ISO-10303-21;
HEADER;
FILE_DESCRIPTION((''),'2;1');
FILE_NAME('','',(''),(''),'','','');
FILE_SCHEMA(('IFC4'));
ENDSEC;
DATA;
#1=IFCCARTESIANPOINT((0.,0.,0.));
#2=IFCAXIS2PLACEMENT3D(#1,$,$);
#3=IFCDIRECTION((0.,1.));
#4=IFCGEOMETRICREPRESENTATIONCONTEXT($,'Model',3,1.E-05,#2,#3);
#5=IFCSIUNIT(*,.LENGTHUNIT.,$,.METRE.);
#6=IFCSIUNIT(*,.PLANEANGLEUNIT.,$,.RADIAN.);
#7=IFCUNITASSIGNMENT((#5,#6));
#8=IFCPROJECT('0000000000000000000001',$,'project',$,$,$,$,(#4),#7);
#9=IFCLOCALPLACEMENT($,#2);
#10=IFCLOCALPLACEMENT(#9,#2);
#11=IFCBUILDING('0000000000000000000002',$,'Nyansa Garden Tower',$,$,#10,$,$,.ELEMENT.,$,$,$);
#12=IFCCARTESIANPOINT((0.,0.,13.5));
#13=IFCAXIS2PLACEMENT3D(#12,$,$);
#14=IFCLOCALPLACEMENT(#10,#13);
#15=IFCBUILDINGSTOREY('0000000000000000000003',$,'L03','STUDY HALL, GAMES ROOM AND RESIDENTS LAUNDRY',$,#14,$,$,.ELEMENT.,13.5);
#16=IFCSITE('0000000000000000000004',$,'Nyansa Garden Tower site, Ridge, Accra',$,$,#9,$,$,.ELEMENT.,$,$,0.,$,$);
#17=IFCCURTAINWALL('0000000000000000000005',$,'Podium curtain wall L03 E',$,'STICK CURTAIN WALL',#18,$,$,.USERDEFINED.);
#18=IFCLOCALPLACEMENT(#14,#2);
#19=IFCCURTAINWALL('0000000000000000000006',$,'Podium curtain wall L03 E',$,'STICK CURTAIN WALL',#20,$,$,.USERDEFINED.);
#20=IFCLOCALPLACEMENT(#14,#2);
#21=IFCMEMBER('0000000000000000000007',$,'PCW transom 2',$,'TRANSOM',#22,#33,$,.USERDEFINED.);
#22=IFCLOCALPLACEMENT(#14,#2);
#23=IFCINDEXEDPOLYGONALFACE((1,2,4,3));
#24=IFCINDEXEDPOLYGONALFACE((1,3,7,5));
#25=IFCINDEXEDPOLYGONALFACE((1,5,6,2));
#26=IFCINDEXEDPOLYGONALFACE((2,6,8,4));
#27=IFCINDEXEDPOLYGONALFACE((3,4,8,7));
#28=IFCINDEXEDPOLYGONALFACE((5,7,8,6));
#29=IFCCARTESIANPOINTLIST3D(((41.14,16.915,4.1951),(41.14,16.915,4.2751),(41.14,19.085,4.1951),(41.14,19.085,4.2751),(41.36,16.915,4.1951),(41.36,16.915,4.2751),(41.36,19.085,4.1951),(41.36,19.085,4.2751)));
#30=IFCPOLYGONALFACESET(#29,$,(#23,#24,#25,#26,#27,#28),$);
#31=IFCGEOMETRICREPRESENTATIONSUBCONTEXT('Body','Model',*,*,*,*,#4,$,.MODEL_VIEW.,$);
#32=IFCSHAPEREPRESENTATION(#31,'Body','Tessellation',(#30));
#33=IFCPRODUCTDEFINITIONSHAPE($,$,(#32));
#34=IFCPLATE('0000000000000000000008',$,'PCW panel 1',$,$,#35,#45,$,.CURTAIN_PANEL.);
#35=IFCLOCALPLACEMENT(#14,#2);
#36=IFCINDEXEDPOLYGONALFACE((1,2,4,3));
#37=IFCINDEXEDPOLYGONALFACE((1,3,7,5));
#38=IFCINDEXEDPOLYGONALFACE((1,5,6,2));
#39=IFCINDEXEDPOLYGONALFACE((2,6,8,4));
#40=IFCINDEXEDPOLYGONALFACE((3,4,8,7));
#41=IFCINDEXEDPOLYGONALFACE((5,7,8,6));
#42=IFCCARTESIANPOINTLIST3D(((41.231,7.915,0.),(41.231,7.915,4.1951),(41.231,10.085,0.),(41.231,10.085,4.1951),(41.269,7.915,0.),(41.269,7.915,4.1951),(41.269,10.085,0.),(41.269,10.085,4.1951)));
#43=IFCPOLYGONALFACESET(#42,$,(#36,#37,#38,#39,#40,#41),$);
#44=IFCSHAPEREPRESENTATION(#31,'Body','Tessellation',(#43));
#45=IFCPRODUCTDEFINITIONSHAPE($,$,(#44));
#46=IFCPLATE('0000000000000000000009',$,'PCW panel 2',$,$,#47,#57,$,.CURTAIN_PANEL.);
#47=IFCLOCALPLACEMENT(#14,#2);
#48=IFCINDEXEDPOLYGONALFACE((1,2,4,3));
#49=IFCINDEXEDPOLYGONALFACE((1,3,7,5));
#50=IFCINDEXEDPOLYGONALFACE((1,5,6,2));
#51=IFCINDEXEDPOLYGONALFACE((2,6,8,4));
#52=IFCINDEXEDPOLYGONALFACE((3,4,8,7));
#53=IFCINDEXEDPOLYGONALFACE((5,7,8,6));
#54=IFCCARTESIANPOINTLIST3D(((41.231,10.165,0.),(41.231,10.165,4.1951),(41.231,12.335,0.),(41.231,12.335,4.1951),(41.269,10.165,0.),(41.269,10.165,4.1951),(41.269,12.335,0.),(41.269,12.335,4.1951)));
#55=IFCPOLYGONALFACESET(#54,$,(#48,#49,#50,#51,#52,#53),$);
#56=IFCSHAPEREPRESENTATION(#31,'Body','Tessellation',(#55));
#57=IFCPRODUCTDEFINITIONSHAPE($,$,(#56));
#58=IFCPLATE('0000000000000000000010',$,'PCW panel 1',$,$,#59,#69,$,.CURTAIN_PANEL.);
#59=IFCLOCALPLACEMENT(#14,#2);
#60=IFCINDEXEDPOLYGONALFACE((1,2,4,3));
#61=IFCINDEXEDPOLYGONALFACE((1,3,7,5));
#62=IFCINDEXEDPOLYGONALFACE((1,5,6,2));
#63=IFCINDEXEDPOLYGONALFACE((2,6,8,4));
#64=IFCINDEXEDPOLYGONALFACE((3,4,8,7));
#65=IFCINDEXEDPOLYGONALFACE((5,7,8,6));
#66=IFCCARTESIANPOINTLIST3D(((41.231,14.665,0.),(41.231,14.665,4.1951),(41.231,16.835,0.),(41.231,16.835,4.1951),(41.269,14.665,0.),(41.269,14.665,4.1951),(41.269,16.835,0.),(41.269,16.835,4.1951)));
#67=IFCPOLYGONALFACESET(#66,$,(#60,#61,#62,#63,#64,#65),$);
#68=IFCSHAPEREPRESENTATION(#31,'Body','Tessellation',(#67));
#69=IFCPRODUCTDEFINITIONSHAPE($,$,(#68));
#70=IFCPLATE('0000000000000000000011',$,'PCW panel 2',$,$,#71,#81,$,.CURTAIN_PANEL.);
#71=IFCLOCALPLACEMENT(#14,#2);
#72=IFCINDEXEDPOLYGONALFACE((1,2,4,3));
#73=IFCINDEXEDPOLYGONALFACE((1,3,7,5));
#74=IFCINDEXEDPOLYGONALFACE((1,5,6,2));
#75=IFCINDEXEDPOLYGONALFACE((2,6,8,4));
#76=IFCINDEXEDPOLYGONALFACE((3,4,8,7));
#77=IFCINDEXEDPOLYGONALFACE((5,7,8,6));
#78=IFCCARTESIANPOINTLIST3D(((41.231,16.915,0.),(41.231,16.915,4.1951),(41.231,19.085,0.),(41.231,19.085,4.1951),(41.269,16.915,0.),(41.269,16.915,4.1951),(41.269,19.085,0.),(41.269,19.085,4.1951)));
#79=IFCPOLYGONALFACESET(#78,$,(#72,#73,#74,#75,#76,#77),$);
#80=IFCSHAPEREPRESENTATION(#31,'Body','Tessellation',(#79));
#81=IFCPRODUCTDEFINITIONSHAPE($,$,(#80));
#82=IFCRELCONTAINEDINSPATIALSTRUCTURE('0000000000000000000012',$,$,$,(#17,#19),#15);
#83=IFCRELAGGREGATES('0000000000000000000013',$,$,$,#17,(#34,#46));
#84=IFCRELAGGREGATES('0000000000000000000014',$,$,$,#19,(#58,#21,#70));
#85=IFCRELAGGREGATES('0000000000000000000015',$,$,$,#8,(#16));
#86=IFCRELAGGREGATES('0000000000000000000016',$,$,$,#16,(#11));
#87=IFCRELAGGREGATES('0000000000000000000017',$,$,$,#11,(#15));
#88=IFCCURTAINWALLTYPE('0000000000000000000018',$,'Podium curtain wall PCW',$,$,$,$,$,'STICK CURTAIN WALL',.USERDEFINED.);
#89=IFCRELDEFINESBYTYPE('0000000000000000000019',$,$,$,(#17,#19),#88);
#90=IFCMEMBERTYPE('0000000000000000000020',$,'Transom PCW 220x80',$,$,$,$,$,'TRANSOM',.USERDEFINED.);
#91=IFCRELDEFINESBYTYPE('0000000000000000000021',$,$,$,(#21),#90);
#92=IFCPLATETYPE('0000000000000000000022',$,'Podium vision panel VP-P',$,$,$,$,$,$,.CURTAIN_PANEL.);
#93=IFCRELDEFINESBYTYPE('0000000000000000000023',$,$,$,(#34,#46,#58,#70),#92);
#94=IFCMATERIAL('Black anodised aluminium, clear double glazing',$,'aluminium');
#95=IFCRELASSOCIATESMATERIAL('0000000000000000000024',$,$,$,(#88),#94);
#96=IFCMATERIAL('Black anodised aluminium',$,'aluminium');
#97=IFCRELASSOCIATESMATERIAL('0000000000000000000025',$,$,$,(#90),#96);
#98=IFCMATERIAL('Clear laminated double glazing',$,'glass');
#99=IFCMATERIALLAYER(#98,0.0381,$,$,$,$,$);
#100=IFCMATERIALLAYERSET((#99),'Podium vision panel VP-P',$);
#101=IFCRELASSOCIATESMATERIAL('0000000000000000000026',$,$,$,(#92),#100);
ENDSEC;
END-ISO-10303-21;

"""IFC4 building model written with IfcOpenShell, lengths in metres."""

from ifc_helpers import new_model, si_unit, direction, frame, origin, origin_2d, place, context, subcontext, project, spatial, rectangle, extrude, material, layer, layer_set, material_profile, profile_set, type_object, element, aggregate, save


model = new_model("IFC4")

# Units and contexts
model_context = context("Model", 3, precision=1e-05, world=origin(), true_north=direction((0.0, 1.0)))
body_context = subcontext(model_context, "Body", "Model", "MODEL_VIEW")
ifc_project = project(units=[si_unit("LENGTHUNIT", "METRE"), si_unit("PLANEANGLEUNIT", "RADIAN")], contexts=[model_context])

# Site, building, storey
site_placement = place(None, origin())
site = spatial("IfcSite", under=ifc_project, at=site_placement, Name="Nyansa Garden Tower site, Ridge, Accra", CompositionType="ELEMENT", RefElevation=0.0)
building_placement = place(site_placement, origin())
building = spatial("IfcBuilding", under=site, at=building_placement, Name="Nyansa Garden Tower", CompositionType="ELEMENT")
storey_placement = place(building_placement, frame((0.0, 0.0, 13.5)))
storey = spatial("IfcBuildingStorey", under=building, at=storey_placement, Name="L03", Description="STUDY HALL, GAMES ROOM AND RESIDENTS LAUNDRY", CompositionType="ELEMENT", Elevation=13.5)

# Curtain walls
ifc_material_1 = material(Name="Black anodised aluminium, clear double glazing", Category="aluminium")
curtain_wall_type = type_object("IfcCurtainWallType", Name="Podium curtain wall PCW", ElementType="STICK CURTAIN WALL", PredefinedType="USERDEFINED", material=ifc_material_1)
curtain_wall_1_placement = place(storey_placement, origin())
curtain_wall_1 = element("IfcCurtainWall", 1, at=curtain_wall_1_placement, inside=storey, type_object=curtain_wall_type, Name="Podium curtain wall L03 E", ObjectType="STICK CURTAIN WALL", PredefinedType="USERDEFINED")
curtain_wall_2_placement = place(storey_placement, origin())
curtain_wall_2 = element("IfcCurtainWall", 2, at=curtain_wall_2_placement, inside=storey, type_object=curtain_wall_type, Name="Podium curtain wall L03 E", ObjectType="STICK CURTAIN WALL", PredefinedType="USERDEFINED")

# Member
ifc_material_2 = material(Name="Black anodised aluminium", Category="aluminium")
ifc_material_profile_1 = material_profile(ifc_material_2, rectangle(XDim=0.22, YDim=0.0801, at=origin_2d()), Name="Transom 220x80")
ifc_profile_set_1 = profile_set([ifc_material_profile_1], Name="Black anodised aluminium")
member_type_1 = type_object("IfcMemberType", Name="Transom PCW 220x80", ElementType="TRANSOM", PredefinedType="USERDEFINED", material=ifc_profile_set_1)
member_1_placement = place(storey_placement, frame((41.25, 16.915, 4.2351), z_axis=(0.0, 1.0, 0.0), x_axis=(-1.0, 0.0, 0.0)))
member_1 = element("IfcMember", 3, at=member_1_placement, type_object=member_type_1, Name="PCW transom 2", ObjectType="TRANSOM", PredefinedType="USERDEFINED", context=body_context, shape_type="SweptSolid", body=[
    extrude(rectangle(XDim=0.22, YDim=0.0801, at=origin_2d()), origin(), (0.0, 0.0, 1.0), 2.1699),
])

# Plates
ifc_material_3 = material(Name="Clear laminated double glazing", Category="glass")
ifc_layer = layer(ifc_material_3, 0.0381)
ifc_layer_set = layer_set([ifc_layer], Name="Podium vision panel VP-P")
plate_type = type_object("IfcPlateType", Name="Podium vision panel VP-P", PredefinedType="CURTAIN_PANEL", material=ifc_layer_set)
plate_1_placement = place(storey_placement, frame((41.25, 9.0, 0.0), z_axis=(0.0, 0.0, 1.0), x_axis=(0.0, 1.0, 0.0)))
plate_1 = element("IfcPlate", 4, at=plate_1_placement, type_object=plate_type, Name="PCW panel 1", PredefinedType="CURTAIN_PANEL", context=body_context, shape_type="SweptSolid", body=[
    extrude(rectangle(XDim=2.1699, YDim=0.0381, at=origin_2d()), origin(), (0.0, 0.0, 1.0), 4.1951),
])
plate_2_placement = place(storey_placement, frame((41.25, 11.25, 0.0), z_axis=(0.0, 0.0, 1.0), x_axis=(0.0, 1.0, 0.0)))
plate_2 = element("IfcPlate", 5, at=plate_2_placement, type_object=plate_type, Name="PCW panel 2", PredefinedType="CURTAIN_PANEL", context=body_context, shape_type="SweptSolid", body=[
    extrude(rectangle(XDim=2.1699, YDim=0.0381, at=origin_2d()), origin(), (0.0, 0.0, 1.0), 4.1951),
])
aggregate(curtain_wall_1, [plate_1, plate_2])
plate_3_placement = place(storey_placement, frame((41.25, 15.75, 0.0), z_axis=(0.0, 0.0, 1.0), x_axis=(0.0, 1.0, 0.0)))
plate_3 = element("IfcPlate", 6, at=plate_3_placement, type_object=plate_type, Name="PCW panel 1", PredefinedType="CURTAIN_PANEL", context=body_context, shape_type="SweptSolid", body=[
    extrude(rectangle(XDim=2.1699, YDim=0.0381, at=origin_2d()), origin(), (0.0, 0.0, 1.0), 4.1951),
])
plate_4_placement = place(storey_placement, frame((41.25, 18.0, 0.0), z_axis=(0.0, 0.0, 1.0), x_axis=(0.0, 1.0, 0.0)))
plate_4 = element("IfcPlate", 7, at=plate_4_placement, type_object=plate_type, Name="PCW panel 2", PredefinedType="CURTAIN_PANEL", context=body_context, shape_type="SweptSolid", body=[
    extrude(rectangle(XDim=2.1699, YDim=0.0381, at=origin_2d()), origin(), (0.0, 0.0, 1.0), 4.1951),
])
aggregate(curtain_wall_2, [plate_3, member_1, plate_4])

save(model, "model.ifc")
